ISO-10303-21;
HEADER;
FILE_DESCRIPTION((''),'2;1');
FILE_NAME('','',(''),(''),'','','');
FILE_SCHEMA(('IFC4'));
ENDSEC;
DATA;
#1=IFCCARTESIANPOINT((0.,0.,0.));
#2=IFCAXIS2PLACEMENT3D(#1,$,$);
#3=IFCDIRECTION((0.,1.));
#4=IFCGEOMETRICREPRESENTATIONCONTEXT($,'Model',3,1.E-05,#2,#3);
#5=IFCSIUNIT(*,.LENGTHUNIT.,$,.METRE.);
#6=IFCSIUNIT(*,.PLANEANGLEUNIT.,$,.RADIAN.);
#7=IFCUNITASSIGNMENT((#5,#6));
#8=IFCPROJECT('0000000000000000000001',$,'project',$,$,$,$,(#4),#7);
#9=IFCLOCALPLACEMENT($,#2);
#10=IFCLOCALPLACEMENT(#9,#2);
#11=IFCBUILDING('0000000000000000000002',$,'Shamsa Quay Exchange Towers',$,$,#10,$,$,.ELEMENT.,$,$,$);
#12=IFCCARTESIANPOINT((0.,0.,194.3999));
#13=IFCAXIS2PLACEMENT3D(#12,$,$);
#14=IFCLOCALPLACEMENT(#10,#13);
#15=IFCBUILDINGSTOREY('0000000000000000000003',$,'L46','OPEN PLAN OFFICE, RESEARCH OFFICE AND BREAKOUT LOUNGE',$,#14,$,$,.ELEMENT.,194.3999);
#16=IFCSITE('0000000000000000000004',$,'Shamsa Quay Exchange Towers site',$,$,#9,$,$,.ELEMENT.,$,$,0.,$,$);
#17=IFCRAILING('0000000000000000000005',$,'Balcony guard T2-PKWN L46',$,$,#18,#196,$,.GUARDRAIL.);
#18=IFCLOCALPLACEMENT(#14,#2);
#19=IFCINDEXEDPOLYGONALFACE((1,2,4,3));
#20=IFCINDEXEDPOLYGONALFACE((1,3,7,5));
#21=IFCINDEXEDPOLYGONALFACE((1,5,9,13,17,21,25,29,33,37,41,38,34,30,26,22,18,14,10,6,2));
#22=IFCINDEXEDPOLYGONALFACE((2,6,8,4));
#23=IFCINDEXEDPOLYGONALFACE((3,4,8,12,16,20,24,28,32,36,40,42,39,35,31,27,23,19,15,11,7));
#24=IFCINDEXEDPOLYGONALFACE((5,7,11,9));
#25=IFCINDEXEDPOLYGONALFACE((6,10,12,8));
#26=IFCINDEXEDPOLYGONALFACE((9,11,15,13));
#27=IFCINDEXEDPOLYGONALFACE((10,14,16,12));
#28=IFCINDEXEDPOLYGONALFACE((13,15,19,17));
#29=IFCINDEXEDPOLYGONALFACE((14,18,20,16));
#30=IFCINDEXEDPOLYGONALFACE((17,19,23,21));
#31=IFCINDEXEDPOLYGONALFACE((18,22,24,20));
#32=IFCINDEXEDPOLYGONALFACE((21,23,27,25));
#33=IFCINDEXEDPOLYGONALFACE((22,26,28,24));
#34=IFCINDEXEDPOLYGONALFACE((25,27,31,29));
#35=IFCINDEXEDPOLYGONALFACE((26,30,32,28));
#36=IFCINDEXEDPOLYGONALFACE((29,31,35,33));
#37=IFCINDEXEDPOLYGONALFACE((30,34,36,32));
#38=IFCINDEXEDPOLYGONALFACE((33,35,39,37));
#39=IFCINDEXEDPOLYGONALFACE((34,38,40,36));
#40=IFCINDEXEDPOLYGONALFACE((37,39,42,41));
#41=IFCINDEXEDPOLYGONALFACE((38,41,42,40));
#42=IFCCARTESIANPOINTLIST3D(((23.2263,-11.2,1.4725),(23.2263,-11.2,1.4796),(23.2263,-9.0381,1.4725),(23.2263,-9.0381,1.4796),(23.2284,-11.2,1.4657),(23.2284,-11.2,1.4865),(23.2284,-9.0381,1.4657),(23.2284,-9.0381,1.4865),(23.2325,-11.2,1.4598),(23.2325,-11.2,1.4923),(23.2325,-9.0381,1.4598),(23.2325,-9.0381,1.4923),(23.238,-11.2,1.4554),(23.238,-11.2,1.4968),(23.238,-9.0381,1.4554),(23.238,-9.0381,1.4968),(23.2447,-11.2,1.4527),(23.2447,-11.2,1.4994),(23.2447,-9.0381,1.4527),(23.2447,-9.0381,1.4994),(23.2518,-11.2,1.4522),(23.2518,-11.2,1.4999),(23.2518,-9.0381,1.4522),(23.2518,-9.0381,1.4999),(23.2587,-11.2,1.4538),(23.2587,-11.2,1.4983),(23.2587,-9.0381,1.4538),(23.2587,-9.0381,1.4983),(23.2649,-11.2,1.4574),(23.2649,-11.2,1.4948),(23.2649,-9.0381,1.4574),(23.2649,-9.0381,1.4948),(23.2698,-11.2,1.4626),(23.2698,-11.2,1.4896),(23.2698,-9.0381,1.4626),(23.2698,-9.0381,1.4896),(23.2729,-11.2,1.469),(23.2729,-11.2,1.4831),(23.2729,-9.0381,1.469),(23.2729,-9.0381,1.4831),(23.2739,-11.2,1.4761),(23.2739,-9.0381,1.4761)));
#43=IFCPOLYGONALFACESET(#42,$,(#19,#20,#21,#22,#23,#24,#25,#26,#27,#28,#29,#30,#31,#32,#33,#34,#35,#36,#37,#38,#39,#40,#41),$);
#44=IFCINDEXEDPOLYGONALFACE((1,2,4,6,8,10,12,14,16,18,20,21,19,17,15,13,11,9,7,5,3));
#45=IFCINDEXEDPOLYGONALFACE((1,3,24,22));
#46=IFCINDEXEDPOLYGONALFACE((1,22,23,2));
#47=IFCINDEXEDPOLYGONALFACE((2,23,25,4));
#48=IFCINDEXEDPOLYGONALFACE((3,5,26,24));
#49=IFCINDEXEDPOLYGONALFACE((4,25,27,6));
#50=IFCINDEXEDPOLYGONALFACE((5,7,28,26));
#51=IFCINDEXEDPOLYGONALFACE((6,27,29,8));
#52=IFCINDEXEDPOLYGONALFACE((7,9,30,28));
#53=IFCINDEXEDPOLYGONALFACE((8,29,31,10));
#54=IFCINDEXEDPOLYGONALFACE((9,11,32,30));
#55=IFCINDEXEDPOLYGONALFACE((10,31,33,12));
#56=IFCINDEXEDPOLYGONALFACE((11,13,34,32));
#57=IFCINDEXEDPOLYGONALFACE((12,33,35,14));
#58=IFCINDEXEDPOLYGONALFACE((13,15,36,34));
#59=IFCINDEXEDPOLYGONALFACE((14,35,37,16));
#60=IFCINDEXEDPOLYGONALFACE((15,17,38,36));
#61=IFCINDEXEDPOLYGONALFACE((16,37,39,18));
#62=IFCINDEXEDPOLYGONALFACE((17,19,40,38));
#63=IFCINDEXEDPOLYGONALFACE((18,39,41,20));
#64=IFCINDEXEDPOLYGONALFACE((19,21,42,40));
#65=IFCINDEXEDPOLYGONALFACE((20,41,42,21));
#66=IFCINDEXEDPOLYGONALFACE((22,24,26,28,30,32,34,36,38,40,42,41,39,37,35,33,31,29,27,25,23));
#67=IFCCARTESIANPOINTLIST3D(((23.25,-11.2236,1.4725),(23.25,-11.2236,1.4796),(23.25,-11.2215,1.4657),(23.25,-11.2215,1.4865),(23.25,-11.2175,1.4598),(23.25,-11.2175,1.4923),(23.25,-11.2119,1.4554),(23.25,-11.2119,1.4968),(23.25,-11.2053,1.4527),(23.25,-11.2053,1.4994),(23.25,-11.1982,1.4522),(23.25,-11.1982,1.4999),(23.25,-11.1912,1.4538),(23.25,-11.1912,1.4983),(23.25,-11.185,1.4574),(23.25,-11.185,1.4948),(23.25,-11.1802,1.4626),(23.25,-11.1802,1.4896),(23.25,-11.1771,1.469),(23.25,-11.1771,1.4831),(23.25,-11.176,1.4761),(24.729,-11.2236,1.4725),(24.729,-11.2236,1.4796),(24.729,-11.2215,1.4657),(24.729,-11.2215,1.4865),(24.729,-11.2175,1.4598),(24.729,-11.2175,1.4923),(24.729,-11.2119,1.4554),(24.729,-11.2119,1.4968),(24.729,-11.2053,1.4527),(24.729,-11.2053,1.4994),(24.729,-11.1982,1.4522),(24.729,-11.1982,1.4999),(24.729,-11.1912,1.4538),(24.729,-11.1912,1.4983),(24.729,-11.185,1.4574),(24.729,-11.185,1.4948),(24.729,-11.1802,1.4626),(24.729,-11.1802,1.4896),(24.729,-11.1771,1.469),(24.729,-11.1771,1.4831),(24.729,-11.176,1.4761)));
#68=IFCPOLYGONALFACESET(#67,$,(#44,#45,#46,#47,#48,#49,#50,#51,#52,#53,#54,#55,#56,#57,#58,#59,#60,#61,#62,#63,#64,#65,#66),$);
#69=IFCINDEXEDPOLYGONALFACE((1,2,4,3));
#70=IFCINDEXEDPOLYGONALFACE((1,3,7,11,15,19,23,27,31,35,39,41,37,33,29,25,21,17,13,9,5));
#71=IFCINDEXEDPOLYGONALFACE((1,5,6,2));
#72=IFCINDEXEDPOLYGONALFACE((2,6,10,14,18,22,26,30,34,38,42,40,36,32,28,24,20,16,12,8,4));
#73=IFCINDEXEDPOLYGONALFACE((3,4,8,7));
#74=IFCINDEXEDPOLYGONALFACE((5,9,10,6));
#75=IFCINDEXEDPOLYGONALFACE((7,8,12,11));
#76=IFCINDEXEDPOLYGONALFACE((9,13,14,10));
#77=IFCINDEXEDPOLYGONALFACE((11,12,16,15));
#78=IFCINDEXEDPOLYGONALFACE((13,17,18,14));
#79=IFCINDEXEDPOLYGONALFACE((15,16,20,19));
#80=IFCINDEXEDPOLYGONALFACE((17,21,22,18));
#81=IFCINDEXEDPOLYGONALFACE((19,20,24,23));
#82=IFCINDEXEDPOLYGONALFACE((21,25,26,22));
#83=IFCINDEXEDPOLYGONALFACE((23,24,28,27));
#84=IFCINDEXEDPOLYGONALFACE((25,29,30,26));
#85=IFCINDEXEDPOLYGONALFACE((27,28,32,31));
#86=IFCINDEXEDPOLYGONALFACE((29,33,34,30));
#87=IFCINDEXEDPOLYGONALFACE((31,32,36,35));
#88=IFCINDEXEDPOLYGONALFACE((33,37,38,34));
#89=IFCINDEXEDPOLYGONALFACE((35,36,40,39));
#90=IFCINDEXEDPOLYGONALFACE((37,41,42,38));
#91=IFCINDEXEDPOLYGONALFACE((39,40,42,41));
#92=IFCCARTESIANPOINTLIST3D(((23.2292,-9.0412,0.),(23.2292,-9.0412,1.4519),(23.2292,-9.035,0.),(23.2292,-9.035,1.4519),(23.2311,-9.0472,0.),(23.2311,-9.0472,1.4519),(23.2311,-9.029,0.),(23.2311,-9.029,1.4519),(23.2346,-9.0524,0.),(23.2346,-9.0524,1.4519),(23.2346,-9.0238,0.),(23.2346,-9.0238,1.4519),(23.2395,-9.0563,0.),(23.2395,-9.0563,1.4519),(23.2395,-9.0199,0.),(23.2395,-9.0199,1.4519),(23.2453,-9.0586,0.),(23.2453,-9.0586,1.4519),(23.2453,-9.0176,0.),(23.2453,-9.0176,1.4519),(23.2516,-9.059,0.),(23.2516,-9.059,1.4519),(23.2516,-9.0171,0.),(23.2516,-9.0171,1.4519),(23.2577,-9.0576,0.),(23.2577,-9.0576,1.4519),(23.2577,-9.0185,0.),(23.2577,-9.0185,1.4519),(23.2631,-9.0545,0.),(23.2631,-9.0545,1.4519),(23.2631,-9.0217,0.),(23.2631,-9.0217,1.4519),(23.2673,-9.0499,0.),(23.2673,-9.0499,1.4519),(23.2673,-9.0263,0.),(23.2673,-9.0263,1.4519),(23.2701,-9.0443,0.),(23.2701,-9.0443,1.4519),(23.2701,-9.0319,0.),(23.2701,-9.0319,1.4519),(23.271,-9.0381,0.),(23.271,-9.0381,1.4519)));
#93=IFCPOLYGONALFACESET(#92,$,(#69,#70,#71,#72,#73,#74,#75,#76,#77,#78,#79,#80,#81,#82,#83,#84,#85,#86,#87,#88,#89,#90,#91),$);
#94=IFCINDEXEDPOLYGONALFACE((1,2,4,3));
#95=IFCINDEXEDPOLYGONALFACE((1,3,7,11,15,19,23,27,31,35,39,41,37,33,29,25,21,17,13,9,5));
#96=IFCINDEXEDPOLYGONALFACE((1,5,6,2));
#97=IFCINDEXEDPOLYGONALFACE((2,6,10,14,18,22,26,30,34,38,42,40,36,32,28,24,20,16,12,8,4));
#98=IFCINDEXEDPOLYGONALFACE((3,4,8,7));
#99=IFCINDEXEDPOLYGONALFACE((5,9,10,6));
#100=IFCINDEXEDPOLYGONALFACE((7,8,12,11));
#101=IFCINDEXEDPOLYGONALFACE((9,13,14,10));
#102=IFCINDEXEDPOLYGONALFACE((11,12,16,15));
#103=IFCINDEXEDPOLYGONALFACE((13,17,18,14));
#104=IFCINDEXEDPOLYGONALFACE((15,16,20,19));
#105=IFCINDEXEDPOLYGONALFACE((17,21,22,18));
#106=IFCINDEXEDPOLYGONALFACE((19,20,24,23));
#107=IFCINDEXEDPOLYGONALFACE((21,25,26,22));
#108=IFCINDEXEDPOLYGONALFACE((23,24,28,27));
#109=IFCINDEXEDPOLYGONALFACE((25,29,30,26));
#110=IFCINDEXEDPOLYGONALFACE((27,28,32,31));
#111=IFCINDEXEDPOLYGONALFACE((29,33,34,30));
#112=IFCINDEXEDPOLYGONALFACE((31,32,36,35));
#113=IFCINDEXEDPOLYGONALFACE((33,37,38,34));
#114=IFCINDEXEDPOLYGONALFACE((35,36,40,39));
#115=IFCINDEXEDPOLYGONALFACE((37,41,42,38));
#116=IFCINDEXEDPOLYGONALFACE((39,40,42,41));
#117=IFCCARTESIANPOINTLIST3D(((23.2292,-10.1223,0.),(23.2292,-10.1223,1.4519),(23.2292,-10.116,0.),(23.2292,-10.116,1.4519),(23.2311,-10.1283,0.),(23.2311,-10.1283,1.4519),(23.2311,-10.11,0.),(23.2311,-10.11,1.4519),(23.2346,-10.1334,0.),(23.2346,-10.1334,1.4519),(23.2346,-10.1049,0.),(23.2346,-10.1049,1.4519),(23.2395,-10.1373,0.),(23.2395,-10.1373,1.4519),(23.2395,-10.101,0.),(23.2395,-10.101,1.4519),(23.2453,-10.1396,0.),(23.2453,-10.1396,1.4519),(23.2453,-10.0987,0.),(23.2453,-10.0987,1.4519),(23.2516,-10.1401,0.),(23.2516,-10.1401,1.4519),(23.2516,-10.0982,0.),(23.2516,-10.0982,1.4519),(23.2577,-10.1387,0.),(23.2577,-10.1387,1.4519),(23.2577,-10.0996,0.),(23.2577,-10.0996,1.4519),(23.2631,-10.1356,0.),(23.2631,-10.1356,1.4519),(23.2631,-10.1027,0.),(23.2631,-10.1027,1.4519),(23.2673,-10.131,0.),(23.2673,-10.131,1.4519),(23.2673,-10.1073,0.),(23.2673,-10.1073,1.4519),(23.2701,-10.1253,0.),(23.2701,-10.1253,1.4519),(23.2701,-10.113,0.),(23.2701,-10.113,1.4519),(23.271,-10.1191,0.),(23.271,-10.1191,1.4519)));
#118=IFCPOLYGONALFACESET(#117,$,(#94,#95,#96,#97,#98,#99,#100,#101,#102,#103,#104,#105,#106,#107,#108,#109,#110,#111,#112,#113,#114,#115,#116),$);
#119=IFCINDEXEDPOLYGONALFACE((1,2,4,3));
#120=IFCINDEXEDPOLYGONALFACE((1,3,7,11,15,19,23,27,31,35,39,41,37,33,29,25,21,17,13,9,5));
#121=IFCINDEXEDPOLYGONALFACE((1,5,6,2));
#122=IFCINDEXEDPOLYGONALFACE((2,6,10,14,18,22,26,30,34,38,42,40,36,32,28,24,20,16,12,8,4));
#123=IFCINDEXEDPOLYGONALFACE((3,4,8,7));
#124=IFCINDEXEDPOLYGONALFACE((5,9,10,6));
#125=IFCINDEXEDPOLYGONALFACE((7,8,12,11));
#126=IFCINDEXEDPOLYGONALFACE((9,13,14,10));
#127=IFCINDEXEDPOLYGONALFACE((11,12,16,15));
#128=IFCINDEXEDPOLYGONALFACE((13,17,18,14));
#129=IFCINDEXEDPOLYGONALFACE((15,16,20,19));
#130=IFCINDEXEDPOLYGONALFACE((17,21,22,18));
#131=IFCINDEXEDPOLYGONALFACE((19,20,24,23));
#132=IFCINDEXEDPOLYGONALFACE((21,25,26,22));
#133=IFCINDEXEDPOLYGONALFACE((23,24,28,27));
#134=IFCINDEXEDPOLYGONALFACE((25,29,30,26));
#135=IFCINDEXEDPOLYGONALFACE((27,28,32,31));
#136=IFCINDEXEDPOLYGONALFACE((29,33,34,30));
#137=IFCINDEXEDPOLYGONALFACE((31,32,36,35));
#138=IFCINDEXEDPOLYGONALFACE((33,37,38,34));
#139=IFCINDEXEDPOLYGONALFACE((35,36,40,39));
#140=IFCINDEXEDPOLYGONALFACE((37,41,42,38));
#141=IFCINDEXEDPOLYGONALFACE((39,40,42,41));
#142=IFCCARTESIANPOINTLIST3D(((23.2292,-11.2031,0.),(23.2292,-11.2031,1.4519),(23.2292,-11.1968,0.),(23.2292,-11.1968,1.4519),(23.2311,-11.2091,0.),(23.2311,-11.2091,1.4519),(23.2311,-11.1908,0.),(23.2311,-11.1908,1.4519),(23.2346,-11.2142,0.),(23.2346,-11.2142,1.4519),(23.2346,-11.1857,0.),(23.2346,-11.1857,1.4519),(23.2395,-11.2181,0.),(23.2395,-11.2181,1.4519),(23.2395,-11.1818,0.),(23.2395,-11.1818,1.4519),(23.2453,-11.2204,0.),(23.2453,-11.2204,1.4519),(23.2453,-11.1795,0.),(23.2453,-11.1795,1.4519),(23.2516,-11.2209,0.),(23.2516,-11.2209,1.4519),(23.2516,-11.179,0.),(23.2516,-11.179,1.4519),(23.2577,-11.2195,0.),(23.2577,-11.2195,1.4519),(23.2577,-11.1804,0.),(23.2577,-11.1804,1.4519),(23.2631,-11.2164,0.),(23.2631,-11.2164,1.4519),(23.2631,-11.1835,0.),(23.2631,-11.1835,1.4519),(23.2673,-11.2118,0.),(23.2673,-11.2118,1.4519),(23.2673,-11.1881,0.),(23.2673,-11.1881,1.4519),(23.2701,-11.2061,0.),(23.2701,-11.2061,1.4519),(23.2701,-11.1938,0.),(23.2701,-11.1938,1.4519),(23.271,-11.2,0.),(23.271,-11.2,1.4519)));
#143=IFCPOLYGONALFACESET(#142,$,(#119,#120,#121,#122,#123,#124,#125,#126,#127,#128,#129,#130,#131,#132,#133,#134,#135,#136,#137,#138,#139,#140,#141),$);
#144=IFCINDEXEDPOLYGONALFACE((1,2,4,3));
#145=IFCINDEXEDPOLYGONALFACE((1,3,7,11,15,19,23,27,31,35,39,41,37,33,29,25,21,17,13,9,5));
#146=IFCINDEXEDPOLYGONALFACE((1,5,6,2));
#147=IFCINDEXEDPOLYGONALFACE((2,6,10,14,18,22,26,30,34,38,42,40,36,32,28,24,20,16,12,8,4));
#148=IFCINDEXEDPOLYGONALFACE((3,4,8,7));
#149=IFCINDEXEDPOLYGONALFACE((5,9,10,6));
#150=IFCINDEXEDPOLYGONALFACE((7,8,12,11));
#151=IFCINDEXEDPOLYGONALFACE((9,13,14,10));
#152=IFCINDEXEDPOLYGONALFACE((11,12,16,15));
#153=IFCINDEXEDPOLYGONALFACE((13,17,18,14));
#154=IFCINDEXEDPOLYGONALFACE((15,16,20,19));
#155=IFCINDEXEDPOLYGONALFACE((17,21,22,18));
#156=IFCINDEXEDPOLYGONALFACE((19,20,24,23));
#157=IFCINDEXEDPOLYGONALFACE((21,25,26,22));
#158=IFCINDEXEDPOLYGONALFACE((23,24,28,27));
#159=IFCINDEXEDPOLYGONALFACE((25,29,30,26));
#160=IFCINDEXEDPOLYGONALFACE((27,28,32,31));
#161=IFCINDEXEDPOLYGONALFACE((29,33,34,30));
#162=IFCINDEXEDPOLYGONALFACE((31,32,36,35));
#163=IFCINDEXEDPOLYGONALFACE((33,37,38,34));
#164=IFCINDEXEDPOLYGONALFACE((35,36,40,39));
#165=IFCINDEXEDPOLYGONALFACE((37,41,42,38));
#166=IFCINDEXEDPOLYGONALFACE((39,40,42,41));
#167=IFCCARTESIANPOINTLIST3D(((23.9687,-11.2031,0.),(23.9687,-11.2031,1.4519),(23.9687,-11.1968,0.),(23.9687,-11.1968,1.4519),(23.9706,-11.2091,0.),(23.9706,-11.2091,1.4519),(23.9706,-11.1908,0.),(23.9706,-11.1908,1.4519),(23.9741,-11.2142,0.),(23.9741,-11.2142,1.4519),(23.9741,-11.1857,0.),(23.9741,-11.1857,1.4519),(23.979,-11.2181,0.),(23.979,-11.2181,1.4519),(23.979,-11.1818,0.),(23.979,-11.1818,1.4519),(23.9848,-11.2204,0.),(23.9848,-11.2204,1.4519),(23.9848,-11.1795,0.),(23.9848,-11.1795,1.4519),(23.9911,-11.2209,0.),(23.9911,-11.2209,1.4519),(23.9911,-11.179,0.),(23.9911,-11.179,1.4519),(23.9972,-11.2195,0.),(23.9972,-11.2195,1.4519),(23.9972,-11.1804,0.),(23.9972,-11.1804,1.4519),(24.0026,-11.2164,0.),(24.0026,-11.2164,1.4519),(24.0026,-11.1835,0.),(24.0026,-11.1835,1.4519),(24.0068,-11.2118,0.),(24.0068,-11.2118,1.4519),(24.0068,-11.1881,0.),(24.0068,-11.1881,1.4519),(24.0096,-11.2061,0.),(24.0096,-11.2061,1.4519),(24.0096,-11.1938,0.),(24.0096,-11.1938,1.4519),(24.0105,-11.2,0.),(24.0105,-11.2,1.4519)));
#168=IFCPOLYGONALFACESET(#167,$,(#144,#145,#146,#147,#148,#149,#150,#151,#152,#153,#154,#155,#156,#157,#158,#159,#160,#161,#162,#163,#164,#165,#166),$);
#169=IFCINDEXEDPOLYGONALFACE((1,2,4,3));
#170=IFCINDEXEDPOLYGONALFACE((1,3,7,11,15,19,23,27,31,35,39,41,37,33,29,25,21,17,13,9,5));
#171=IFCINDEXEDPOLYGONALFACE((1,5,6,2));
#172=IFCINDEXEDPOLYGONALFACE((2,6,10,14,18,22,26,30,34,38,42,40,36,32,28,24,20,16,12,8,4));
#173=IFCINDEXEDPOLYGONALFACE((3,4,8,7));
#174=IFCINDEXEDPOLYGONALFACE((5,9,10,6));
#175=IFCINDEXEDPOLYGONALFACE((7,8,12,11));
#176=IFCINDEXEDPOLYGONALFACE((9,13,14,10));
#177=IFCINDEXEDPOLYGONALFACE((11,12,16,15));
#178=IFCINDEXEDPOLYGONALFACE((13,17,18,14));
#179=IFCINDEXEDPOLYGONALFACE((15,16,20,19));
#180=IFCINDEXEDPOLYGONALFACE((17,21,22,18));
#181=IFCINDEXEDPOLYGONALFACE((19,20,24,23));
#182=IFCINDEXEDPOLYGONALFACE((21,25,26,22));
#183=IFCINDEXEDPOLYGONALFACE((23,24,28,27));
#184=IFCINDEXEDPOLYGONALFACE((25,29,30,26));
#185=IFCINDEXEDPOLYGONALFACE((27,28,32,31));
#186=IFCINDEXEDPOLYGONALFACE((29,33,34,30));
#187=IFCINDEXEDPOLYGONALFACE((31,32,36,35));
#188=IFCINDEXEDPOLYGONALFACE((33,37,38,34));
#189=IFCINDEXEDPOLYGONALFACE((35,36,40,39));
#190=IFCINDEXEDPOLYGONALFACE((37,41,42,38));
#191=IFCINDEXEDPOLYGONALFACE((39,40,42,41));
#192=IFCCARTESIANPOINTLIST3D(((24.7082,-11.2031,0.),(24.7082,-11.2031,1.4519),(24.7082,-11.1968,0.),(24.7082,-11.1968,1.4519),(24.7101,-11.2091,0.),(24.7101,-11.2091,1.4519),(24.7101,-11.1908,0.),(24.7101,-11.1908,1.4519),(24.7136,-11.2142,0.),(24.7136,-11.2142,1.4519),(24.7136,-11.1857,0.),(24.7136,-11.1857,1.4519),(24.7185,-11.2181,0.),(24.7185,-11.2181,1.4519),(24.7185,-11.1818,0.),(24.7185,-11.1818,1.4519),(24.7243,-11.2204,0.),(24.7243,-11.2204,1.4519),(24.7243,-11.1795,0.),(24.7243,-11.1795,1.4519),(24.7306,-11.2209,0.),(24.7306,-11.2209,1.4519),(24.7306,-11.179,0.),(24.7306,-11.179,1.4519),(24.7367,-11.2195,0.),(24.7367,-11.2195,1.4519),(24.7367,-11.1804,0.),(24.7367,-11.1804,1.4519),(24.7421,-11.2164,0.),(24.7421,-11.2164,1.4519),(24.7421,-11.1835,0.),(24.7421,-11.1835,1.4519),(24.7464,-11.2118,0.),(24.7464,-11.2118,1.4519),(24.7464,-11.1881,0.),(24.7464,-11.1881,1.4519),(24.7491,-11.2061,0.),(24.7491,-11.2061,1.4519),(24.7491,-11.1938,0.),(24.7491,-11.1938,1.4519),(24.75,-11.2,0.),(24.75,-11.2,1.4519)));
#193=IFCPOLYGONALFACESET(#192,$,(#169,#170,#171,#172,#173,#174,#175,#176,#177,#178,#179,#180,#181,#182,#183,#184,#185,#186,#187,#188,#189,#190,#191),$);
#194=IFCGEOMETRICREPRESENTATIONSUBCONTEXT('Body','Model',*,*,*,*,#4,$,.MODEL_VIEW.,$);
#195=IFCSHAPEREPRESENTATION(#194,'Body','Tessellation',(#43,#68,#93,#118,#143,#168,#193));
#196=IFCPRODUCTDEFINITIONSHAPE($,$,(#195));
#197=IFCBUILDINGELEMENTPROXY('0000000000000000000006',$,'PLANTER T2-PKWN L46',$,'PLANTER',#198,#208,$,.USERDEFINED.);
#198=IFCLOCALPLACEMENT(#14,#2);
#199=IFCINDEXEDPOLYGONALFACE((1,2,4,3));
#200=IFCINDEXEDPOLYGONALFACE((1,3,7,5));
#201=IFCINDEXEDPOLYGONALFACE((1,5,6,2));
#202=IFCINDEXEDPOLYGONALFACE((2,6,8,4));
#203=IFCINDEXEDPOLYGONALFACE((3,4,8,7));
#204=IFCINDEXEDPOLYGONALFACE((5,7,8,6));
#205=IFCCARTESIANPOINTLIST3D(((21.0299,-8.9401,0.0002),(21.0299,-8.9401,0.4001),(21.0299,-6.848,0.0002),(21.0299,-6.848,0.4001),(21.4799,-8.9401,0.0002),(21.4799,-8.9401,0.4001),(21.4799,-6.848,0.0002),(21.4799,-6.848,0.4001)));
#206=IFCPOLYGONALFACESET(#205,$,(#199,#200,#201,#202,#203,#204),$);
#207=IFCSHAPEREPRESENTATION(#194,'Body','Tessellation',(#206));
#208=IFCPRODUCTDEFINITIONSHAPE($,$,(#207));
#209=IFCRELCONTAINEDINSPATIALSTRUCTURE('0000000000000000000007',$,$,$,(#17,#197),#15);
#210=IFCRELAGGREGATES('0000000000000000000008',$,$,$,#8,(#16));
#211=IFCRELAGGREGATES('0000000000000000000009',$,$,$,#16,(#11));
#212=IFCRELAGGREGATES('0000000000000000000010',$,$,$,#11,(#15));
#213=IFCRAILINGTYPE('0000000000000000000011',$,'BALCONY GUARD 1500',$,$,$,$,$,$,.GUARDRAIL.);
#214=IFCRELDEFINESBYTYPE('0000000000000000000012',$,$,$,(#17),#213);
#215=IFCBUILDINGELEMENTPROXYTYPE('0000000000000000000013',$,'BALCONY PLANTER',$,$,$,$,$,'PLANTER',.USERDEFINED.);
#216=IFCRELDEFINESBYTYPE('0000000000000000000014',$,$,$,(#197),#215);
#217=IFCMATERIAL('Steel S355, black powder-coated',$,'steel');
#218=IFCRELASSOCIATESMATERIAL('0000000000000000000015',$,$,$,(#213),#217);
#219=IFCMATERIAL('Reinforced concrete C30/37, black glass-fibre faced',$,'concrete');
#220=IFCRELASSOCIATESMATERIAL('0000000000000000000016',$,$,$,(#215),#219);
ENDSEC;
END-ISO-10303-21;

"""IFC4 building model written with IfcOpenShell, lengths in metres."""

from ifc_helpers import new_model, si_unit, direction, frame, origin, origin_2d, place, context, subcontext, project, spatial, rectangle, circle, extrude, material, type_object, element, save


model = new_model("IFC4")

# Units and contexts
model_context = context("Model", 3, precision=1e-05, world=origin(), true_north=direction((0.0, 1.0)))
body_context = subcontext(model_context, "Body", "Model", "MODEL_VIEW")
ifc_project = project(units=[si_unit("LENGTHUNIT", "METRE"), si_unit("PLANEANGLEUNIT", "RADIAN")], contexts=[model_context])

# Site, building, storey
site_placement = place(None, origin())
site = spatial("IfcSite", under=ifc_project, at=site_placement, Name="Shamsa Quay Exchange Towers site", CompositionType="ELEMENT", RefElevation=0.0)
building_placement = place(site_placement, origin())
building = spatial("IfcBuilding", under=site, at=building_placement, Name="Shamsa Quay Exchange Towers", CompositionType="ELEMENT")
storey_placement = place(building_placement, frame((0.0, 0.0, 194.3999)))
storey = spatial("IfcBuildingStorey", under=building, at=storey_placement, Name="L46", Description="OPEN PLAN OFFICE, RESEARCH OFFICE AND BREAKOUT LOUNGE", CompositionType="ELEMENT", Elevation=194.3999)

# Railing
ifc_material_1 = material(Name="Steel S355, black powder-coated", Category="steel")
railing_type = type_object("IfcRailingType", Name="BALCONY GUARD 1500", PredefinedType="GUARDRAIL", material=ifc_material_1)
for number, where, name in (
    (1, (23.25, -9.0381, 0.0), "Balcony guard T2-PKWN L46"),
):
    element("IfcRailing", number, at=place(storey_placement, frame(where)), inside=storey, type_object=railing_type, Name=name, PredefinedType="GUARDRAIL", context=body_context, shape_type="SweptSolid", body=[
        extrude(circle(Radius=0.0239, at=origin_2d()), frame((0.0, 0.0, 1.4761), z_axis=(0.0, -1.0, 0.0), x_axis=(1.0, 0.0, 0.0)), (0.0, 0.0, 1.0), 2.1619),
        extrude(circle(Radius=0.0239, at=origin_2d()), frame((0.0, -2.1619, 1.4761), z_axis=(1.0, 0.0, 0.0), x_axis=(0.0, 1.0, 0.0)), (0.0, 0.0, 1.0), 1.479),
        extrude(circle(Radius=0.021, at=origin_2d()), origin(), (0.0, 0.0, 1.0), 1.4519),
        extrude(circle(Radius=0.021, at=origin_2d()), frame((0.0, -1.0811, 0.0)), (0.0, 0.0, 1.0), 1.4519),
        extrude(circle(Radius=0.021, at=origin_2d()), frame((0.0, -2.1619, 0.0)), (0.0, 0.0, 1.0), 1.4519),
        extrude(circle(Radius=0.021, at=origin_2d()), frame((0.7395, -2.1619, 0.0)), (0.0, 0.0, 1.0), 1.4519),
        extrude(circle(Radius=0.021, at=origin_2d()), frame((1.479, -2.1619, 0.0)), (0.0, 0.0, 1.0), 1.4519),
    ])

# Building element proxy
ifc_material_2 = material(Name="Reinforced concrete C30/37, black glass-fibre faced", Category="concrete")
building_element_proxy_type = type_object("IfcBuildingElementProxyType", Name="BALCONY PLANTER", ElementType="PLANTER", PredefinedType="USERDEFINED", material=ifc_material_2)
for number, where, z_axis, x_axis, name in (
    (2, (21.2549, -7.894, 0.0002), (0.0, 0.0, 1.0), (0.0, -1.0, 0.0), "PLANTER T2-PKWN L46"),
):
    element("IfcBuildingElementProxy", number, at=place(storey_placement, frame(where, z_axis=z_axis, x_axis=x_axis)), inside=storey, type_object=building_element_proxy_type, Name=name, ObjectType="PLANTER", PredefinedType="USERDEFINED", context=body_context, shape_type="SweptSolid", body=[
        extrude(rectangle(XDim=2.092, YDim=0.45, at=origin_2d()), origin(), (0.0, 0.0, 1.0), 0.3999),
    ])

save(model, "model.ifc")
